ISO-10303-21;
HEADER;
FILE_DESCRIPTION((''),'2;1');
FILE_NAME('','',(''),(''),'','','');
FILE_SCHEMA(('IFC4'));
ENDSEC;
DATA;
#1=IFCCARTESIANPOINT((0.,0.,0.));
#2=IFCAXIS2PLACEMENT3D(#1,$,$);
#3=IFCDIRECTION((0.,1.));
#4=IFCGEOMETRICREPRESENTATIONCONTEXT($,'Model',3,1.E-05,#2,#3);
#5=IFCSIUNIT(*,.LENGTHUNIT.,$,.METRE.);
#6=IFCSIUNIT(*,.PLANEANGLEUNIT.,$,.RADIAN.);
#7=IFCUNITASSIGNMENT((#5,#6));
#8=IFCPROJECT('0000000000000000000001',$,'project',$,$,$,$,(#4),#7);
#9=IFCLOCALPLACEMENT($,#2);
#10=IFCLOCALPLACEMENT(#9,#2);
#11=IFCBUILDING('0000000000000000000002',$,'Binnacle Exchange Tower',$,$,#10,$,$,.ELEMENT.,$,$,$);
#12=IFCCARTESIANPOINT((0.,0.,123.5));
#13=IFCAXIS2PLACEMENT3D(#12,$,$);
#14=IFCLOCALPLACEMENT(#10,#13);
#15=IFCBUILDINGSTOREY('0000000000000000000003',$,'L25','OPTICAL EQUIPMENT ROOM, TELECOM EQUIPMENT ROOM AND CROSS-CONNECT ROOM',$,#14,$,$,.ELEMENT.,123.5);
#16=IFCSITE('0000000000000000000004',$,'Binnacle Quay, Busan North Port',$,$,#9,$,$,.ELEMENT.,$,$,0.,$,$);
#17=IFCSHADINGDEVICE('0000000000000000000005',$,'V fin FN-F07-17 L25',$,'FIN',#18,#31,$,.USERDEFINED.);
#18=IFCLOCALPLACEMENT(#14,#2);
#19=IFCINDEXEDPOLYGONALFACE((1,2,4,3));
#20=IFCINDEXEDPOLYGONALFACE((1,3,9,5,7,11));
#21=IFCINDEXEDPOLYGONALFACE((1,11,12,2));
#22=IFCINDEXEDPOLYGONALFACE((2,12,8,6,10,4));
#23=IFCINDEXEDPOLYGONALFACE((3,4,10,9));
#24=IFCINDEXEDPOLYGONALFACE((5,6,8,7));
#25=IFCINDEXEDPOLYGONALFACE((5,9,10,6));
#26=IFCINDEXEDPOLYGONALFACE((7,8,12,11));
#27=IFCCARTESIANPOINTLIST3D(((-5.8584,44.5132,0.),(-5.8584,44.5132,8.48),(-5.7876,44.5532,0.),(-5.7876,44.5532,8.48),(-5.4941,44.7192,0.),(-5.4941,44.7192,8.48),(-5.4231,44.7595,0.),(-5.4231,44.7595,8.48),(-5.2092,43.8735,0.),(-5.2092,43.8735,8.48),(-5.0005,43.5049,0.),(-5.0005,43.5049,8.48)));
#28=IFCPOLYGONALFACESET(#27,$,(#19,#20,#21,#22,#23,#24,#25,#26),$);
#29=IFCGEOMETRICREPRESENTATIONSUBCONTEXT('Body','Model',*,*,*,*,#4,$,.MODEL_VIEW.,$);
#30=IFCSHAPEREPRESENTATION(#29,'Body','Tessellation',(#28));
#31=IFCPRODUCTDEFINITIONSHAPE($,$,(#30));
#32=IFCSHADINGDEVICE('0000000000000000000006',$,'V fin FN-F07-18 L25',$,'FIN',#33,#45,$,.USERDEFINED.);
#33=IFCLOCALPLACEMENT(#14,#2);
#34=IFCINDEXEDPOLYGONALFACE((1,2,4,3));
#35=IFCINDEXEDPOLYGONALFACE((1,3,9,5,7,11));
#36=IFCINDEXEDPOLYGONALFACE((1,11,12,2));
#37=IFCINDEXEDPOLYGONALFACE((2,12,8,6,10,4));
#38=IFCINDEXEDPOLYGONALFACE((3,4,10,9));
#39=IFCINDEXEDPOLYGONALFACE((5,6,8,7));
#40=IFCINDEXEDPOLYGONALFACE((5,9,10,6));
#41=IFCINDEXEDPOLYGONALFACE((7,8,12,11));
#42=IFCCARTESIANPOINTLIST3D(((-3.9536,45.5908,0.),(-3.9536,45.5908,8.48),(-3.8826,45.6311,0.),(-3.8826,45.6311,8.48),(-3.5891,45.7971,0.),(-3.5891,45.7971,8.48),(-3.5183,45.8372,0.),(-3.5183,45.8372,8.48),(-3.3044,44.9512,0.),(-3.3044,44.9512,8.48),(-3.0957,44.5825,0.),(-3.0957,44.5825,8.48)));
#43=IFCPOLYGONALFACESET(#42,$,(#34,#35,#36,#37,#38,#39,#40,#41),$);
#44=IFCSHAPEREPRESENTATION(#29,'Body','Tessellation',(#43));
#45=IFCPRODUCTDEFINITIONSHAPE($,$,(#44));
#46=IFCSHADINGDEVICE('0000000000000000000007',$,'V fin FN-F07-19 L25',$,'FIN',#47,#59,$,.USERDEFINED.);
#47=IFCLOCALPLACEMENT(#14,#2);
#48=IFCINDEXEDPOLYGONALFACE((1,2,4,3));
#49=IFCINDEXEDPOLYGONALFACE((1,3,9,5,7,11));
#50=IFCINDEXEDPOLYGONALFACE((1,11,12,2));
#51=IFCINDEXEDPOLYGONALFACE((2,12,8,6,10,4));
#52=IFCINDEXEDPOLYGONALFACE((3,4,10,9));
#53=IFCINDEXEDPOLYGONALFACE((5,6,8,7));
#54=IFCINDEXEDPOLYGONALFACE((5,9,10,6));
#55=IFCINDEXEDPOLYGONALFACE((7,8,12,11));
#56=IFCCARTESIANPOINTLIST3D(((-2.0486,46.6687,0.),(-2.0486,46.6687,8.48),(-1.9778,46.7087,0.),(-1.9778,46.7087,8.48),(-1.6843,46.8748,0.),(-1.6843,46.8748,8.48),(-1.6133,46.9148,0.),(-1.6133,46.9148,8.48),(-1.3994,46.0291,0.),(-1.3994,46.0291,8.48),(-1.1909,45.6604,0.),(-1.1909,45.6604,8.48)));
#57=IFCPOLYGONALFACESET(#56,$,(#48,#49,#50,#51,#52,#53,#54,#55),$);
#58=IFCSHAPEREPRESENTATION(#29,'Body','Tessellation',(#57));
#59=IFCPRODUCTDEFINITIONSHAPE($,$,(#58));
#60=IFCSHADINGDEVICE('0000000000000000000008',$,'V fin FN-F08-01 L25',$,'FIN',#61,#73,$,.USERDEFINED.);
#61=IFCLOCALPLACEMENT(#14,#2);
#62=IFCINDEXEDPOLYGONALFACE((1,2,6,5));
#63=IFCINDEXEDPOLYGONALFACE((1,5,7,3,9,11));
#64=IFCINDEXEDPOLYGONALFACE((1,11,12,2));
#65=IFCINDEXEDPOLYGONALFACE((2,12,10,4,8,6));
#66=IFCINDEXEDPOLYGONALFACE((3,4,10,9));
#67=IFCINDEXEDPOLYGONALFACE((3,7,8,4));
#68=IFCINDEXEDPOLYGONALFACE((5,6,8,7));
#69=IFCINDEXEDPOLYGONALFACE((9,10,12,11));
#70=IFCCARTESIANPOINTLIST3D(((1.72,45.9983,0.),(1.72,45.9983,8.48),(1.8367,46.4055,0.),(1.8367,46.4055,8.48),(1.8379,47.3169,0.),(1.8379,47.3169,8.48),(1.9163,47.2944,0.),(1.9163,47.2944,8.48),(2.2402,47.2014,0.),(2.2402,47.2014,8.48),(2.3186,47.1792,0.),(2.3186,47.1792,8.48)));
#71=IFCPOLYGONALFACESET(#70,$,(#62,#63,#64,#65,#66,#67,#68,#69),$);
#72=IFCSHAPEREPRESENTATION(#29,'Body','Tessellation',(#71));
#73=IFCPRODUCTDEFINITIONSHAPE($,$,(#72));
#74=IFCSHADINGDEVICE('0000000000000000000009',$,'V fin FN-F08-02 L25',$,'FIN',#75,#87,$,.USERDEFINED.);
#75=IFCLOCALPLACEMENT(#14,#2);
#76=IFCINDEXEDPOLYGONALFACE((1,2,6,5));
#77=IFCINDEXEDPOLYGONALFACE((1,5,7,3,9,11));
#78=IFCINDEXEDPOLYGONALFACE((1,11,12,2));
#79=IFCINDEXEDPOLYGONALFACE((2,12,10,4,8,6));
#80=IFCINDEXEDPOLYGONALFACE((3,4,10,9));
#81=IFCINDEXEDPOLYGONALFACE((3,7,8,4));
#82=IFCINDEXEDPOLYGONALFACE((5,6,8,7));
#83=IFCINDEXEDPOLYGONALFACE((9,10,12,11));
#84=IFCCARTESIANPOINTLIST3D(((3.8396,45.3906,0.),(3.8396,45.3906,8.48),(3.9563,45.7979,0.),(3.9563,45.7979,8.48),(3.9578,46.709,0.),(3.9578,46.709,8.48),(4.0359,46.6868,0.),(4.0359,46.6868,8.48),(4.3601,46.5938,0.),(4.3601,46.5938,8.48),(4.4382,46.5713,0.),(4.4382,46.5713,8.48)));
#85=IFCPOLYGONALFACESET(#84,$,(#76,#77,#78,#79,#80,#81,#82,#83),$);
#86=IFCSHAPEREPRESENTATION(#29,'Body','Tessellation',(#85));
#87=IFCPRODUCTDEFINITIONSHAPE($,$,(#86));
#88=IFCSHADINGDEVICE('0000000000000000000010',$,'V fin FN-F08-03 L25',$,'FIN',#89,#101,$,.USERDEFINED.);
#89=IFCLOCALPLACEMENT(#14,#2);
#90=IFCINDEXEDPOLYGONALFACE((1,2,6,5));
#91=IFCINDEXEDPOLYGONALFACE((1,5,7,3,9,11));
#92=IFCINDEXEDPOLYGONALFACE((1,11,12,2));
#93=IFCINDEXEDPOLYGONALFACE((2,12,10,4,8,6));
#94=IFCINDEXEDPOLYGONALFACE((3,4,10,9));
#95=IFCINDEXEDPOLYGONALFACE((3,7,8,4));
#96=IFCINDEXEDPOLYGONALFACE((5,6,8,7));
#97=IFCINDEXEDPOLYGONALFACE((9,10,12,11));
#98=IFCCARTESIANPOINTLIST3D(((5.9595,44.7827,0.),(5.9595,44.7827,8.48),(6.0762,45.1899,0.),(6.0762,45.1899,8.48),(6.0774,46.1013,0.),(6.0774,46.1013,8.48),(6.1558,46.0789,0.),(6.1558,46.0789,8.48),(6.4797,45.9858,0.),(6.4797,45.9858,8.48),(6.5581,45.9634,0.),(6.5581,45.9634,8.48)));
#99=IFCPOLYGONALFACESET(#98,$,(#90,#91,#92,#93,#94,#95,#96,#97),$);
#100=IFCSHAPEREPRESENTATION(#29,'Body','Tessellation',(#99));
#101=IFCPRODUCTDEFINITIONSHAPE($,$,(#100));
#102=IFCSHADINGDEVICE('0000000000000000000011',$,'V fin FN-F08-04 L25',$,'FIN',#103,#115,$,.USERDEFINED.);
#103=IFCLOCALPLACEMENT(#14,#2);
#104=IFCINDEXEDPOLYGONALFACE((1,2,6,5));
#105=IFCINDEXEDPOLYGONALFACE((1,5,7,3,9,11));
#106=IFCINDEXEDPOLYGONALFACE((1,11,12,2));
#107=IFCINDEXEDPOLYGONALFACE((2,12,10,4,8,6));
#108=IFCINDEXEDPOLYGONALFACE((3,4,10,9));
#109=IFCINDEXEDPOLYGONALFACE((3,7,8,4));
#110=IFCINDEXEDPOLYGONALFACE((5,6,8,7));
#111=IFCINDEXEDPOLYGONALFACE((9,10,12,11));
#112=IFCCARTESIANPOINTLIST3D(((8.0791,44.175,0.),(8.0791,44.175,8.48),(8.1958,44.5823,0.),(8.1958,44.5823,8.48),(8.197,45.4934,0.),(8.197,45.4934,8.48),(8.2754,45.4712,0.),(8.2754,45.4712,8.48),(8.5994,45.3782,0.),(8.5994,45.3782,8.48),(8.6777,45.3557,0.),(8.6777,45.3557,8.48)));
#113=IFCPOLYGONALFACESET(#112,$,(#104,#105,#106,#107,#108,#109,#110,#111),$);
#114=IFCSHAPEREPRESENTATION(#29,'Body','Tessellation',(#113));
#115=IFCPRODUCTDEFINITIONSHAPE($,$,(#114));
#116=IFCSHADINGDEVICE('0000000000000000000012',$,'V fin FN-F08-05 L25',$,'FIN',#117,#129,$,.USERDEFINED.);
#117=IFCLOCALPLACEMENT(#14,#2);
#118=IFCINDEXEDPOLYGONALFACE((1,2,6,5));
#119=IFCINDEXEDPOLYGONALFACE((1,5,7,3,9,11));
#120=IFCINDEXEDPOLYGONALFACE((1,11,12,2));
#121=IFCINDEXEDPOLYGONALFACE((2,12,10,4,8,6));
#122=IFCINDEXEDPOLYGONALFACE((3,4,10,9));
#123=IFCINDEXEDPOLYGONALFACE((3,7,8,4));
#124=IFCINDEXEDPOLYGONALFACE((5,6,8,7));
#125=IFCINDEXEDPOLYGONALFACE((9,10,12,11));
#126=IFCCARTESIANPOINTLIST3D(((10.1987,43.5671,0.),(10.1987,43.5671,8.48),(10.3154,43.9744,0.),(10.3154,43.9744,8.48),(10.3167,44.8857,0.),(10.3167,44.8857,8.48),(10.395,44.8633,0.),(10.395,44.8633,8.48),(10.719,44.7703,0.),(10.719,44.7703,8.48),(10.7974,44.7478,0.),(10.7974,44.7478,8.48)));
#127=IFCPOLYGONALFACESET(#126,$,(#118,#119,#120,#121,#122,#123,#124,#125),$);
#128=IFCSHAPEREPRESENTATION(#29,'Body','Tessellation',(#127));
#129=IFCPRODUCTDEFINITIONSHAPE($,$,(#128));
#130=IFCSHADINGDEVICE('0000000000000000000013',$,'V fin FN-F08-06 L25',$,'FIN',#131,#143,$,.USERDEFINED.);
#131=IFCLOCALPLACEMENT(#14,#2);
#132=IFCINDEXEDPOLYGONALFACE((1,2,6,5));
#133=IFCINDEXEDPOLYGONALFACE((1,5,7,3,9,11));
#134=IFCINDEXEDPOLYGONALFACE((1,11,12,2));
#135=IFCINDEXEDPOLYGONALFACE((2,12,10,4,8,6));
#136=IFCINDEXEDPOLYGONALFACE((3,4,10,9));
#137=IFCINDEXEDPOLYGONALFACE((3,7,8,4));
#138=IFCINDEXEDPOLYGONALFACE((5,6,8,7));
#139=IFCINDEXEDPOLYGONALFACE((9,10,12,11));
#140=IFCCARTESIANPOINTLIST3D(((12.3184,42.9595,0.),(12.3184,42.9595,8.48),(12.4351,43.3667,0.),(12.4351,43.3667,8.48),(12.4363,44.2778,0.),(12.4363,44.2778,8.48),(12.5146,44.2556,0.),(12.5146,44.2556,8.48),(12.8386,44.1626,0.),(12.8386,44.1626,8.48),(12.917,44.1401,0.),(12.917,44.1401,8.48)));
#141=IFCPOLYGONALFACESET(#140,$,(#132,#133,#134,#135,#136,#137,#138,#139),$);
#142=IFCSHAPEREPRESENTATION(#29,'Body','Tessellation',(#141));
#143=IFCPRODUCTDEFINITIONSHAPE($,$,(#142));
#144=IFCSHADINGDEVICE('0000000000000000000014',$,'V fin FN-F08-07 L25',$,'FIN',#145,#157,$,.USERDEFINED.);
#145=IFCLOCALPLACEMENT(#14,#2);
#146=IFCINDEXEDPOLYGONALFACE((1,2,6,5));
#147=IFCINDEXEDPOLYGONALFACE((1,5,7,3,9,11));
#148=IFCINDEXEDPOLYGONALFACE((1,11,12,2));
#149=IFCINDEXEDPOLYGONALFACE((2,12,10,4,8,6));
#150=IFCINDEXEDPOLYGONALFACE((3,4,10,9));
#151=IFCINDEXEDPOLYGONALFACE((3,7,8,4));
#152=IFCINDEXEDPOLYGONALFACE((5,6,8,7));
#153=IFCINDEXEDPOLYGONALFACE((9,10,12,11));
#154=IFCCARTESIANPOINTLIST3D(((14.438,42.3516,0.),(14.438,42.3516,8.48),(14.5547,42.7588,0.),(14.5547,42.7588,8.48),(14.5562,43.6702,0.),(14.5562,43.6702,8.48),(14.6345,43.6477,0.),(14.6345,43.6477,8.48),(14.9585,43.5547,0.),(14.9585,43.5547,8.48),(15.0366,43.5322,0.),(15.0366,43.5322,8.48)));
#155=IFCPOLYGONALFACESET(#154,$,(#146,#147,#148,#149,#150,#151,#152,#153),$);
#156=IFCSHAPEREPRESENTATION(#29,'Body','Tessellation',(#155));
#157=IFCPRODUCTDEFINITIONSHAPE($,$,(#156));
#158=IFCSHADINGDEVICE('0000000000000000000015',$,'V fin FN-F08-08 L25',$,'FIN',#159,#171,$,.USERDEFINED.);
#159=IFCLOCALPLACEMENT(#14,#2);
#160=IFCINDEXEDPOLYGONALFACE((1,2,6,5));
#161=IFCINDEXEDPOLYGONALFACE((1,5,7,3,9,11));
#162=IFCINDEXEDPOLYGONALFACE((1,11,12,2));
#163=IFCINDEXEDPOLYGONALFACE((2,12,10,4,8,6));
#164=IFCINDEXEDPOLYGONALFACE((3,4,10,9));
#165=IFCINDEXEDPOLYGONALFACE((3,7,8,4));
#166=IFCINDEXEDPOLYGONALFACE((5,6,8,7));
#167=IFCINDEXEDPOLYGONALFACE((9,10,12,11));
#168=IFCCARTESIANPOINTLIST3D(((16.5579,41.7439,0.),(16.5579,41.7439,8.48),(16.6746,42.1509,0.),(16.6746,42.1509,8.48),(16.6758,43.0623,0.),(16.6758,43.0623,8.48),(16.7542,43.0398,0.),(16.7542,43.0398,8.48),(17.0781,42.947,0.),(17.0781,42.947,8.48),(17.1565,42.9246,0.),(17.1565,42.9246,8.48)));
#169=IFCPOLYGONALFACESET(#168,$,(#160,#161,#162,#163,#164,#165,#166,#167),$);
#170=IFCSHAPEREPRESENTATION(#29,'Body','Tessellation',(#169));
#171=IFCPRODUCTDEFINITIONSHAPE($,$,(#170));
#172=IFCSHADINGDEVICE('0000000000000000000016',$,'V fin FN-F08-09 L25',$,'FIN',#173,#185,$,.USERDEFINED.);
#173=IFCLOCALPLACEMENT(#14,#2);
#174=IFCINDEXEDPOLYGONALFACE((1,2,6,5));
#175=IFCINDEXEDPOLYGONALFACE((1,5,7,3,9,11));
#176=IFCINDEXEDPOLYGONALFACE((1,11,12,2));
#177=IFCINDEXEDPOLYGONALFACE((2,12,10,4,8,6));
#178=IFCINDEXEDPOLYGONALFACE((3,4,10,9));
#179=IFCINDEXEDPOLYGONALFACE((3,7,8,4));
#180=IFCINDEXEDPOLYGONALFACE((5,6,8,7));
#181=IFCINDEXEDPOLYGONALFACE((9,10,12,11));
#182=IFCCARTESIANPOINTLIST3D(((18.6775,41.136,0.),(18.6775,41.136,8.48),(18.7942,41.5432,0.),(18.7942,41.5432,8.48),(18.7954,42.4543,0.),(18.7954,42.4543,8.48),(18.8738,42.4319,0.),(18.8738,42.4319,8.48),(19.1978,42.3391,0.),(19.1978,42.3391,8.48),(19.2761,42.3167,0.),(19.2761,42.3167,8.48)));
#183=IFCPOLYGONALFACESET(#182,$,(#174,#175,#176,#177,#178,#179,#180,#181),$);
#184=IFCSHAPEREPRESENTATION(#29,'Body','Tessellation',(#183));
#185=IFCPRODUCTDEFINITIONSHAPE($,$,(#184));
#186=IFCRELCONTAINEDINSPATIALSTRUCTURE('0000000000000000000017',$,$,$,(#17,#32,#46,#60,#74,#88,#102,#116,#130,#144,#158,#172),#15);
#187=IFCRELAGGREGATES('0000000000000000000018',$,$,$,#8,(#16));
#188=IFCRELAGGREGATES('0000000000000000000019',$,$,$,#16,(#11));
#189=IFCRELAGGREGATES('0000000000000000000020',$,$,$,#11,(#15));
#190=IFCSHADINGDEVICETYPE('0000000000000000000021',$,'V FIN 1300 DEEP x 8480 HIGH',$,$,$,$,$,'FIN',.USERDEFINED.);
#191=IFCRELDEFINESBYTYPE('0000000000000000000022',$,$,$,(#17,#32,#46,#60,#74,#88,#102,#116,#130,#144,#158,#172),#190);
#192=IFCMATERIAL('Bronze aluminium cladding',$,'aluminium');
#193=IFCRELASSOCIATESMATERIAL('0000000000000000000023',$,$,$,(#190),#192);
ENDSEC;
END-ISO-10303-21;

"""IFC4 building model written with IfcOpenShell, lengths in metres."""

from ifc_helpers import new_model, si_unit, direction, frame, origin, place, context, subcontext, project, spatial, polyline, outline, extrude, material, type_object, element, save


model = new_model("IFC4")

# Units and contexts
model_context = context("Model", 3, precision=1e-05, world=origin(), true_north=direction((0.0, 1.0)))
body_context = subcontext(model_context, "Body", "Model", "MODEL_VIEW")
ifc_project = project(units=[si_unit("LENGTHUNIT", "METRE"), si_unit("PLANEANGLEUNIT", "RADIAN")], contexts=[model_context])

# Site, building, storey
site_placement = place(None, origin())
site = spatial("IfcSite", under=ifc_project, at=site_placement, Name="Binnacle Quay, Busan North Port", CompositionType="ELEMENT", RefElevation=0.0)
building_placement = place(site_placement, origin())
building = spatial("IfcBuilding", under=site, at=building_placement, Name="Binnacle Exchange Tower", CompositionType="ELEMENT")
storey_placement = place(building_placement, frame((0.0, 0.0, 123.5)))
storey = spatial("IfcBuildingStorey", under=building, at=storey_placement, Name="L25", Description="OPTICAL EQUIPMENT ROOM, TELECOM EQUIPMENT ROOM AND CROSS-CONNECT ROOM", CompositionType="ELEMENT", Elevation=123.5)

# Shading devices
ifc_material = material(Name="Bronze aluminium cladding", Category="aluminium")
shading_device_type = type_object("IfcShadingDeviceType", Name="V FIN 1300 DEEP x 8480 HIGH", ElementType="FIN", PredefinedType="USERDEFINED", material=ifc_material)
shading_device_1_placement = place(storey_placement, origin())
element("IfcShadingDevice", 1, at=shading_device_1_placement, inside=storey, type_object=shading_device_type, Name="V fin FN-F07-17 L25", ObjectType="FIN", PredefinedType="USERDEFINED", context=body_context, shape_type="SweptSolid", body=[
    extrude(outline(polyline([(-5.8584, 44.5132), (-5.0005, 43.5049), (-5.4231, 44.7595), (-5.4941, 44.7192), (-5.2092, 43.8735), (-5.7876, 44.5532), (-5.8584, 44.5132)])), origin(), (0.0, 0.0, 1.0), 8.48),
])
shading_device_2_placement = place(storey_placement, origin())
element("IfcShadingDevice", 2, at=shading_device_2_placement, inside=storey, type_object=shading_device_type, Name="V fin FN-F07-18 L25", ObjectType="FIN", PredefinedType="USERDEFINED", context=body_context, shape_type="SweptSolid", body=[
    extrude(outline(polyline([(-3.9536, 45.5908), (-3.0957, 44.5825), (-3.5183, 45.8372), (-3.5891, 45.7971), (-3.3044, 44.9512), (-3.8826, 45.6311), (-3.9536, 45.5908)])), origin(), (0.0, 0.0, 1.0), 8.48),
])
shading_device_3_placement = place(storey_placement, origin())
element("IfcShadingDevice", 3, at=shading_device_3_placement, inside=storey, type_object=shading_device_type, Name="V fin FN-F07-19 L25", ObjectType="FIN", PredefinedType="USERDEFINED", context=body_context, shape_type="SweptSolid", body=[
    extrude(outline(polyline([(-2.0486, 46.6687), (-1.1909, 45.6604), (-1.6133, 46.9148), (-1.6843, 46.8748), (-1.3994, 46.0291), (-1.9778, 46.7087), (-2.0486, 46.6687)])), origin(), (0.0, 0.0, 1.0), 8.48),
])
shading_device_4_placement = place(storey_placement, origin())
element("IfcShadingDevice", 4, at=shading_device_4_placement, inside=storey, type_object=shading_device_type, Name="V fin FN-F08-01 L25", ObjectType="FIN", PredefinedType="USERDEFINED", context=body_context, shape_type="SweptSolid", body=[
    extrude(outline(polyline([(1.8379, 47.3169), (1.72, 45.9983), (2.3186, 47.1792), (2.2402, 47.2014), (1.8367, 46.4055), (1.9163, 47.2944), (1.8379, 47.3169)])), origin(), (0.0, 0.0, 1.0), 8.48),
])
shading_device_5_placement = place(storey_placement, origin())
element("IfcShadingDevice", 5, at=shading_device_5_placement, inside=storey, type_object=shading_device_type, Name="V fin FN-F08-02 L25", ObjectType="FIN", PredefinedType="USERDEFINED", context=body_context, shape_type="SweptSolid", body=[
    extrude(outline(polyline([(3.9578, 46.709), (3.8396, 45.3906), (4.4382, 46.5713), (4.3601, 46.5938), (3.9563, 45.7979), (4.0359, 46.6868), (3.9578, 46.709)])), origin(), (0.0, 0.0, 1.0), 8.48),
])
shading_device_6_placement = place(storey_placement, origin())
element("IfcShadingDevice", 6, at=shading_device_6_placement, inside=storey, type_object=shading_device_type, Name="V fin FN-F08-03 L25", ObjectType="FIN", PredefinedType="USERDEFINED", context=body_context, shape_type="SweptSolid", body=[
    extrude(outline(polyline([(6.0774, 46.1013), (5.9595, 44.7827), (6.5581, 45.9634), (6.4797, 45.9858), (6.0762, 45.1899), (6.1558, 46.0789), (6.0774, 46.1013)])), origin(), (0.0, 0.0, 1.0), 8.48),
])
shading_device_7_placement = place(storey_placement, origin())
element("IfcShadingDevice", 7, at=shading_device_7_placement, inside=storey, type_object=shading_device_type, Name="V fin FN-F08-04 L25", ObjectType="FIN", PredefinedType="USERDEFINED", context=body_context, shape_type="SweptSolid", body=[
    extrude(outline(polyline([(8.197, 45.4934), (8.0791, 44.175), (8.6777, 45.3557), (8.5994, 45.3782), (8.1958, 44.5823), (8.2754, 45.4712), (8.197, 45.4934)])), origin(), (0.0, 0.0, 1.0), 8.48),
])
shading_device_8_placement = place(storey_placement, origin())
element("IfcShadingDevice", 8, at=shading_device_8_placement, inside=storey, type_object=shading_device_type, Name="V fin FN-F08-05 L25", ObjectType="FIN", PredefinedType="USERDEFINED", context=body_context, shape_type="SweptSolid", body=[
    extrude(outline(polyline([(10.3167, 44.8857), (10.1987, 43.5671), (10.7974, 44.7478), (10.719, 44.7703), (10.3154, 43.9744), (10.395, 44.8633), (10.3167, 44.8857)])), origin(), (0.0, 0.0, 1.0), 8.48),
])
shading_device_9_placement = place(storey_placement, origin())
element("IfcShadingDevice", 9, at=shading_device_9_placement, inside=storey, type_object=shading_device_type, Name="V fin FN-F08-06 L25", ObjectType="FIN", PredefinedType="USERDEFINED", context=body_context, shape_type="SweptSolid", body=[
    extrude(outline(polyline([(12.4363, 44.2778), (12.3184, 42.9595), (12.917, 44.1401), (12.8386, 44.1626), (12.4351, 43.3667), (12.5146, 44.2556), (12.4363, 44.2778)])), origin(), (0.0, 0.0, 1.0), 8.48),
])
shading_device_10_placement = place(storey_placement, origin())
element("IfcShadingDevice", 10, at=shading_device_10_placement, inside=storey, type_object=shading_device_type, Name="V fin FN-F08-07 L25", ObjectType="FIN", PredefinedType="USERDEFINED", context=body_context, shape_type="SweptSolid", body=[
    extrude(outline(polyline([(14.5562, 43.6702), (14.438, 42.3516), (15.0366, 43.5322), (14.9585, 43.5547), (14.5547, 42.7588), (14.6345, 43.6477), (14.5562, 43.6702)])), origin(), (0.0, 0.0, 1.0), 8.48),
])
shading_device_11_placement = place(storey_placement, origin())
element("IfcShadingDevice", 11, at=shading_device_11_placement, inside=storey, type_object=shading_device_type, Name="V fin FN-F08-08 L25", ObjectType="FIN", PredefinedType="USERDEFINED", context=body_context, shape_type="SweptSolid", body=[
    extrude(outline(polyline([(16.6758, 43.0623), (16.5579, 41.7439), (17.1565, 42.9246), (17.0781, 42.947), (16.6746, 42.1509), (16.7542, 43.0398), (16.6758, 43.0623)])), origin(), (0.0, 0.0, 1.0), 8.48),
])
shading_device_12_placement = place(storey_placement, origin())
element("IfcShadingDevice", 12, at=shading_device_12_placement, inside=storey, type_object=shading_device_type, Name="V fin FN-F08-09 L25", ObjectType="FIN", PredefinedType="USERDEFINED", context=body_context, shape_type="SweptSolid", body=[
    extrude(outline(polyline([(18.7954, 42.4543), (18.6775, 41.136), (19.2761, 42.3167), (19.1978, 42.3391), (18.7942, 41.5432), (18.8738, 42.4319), (18.7954, 42.4543)])), origin(), (0.0, 0.0, 1.0), 8.48),
])

save(model, "model.ifc")
